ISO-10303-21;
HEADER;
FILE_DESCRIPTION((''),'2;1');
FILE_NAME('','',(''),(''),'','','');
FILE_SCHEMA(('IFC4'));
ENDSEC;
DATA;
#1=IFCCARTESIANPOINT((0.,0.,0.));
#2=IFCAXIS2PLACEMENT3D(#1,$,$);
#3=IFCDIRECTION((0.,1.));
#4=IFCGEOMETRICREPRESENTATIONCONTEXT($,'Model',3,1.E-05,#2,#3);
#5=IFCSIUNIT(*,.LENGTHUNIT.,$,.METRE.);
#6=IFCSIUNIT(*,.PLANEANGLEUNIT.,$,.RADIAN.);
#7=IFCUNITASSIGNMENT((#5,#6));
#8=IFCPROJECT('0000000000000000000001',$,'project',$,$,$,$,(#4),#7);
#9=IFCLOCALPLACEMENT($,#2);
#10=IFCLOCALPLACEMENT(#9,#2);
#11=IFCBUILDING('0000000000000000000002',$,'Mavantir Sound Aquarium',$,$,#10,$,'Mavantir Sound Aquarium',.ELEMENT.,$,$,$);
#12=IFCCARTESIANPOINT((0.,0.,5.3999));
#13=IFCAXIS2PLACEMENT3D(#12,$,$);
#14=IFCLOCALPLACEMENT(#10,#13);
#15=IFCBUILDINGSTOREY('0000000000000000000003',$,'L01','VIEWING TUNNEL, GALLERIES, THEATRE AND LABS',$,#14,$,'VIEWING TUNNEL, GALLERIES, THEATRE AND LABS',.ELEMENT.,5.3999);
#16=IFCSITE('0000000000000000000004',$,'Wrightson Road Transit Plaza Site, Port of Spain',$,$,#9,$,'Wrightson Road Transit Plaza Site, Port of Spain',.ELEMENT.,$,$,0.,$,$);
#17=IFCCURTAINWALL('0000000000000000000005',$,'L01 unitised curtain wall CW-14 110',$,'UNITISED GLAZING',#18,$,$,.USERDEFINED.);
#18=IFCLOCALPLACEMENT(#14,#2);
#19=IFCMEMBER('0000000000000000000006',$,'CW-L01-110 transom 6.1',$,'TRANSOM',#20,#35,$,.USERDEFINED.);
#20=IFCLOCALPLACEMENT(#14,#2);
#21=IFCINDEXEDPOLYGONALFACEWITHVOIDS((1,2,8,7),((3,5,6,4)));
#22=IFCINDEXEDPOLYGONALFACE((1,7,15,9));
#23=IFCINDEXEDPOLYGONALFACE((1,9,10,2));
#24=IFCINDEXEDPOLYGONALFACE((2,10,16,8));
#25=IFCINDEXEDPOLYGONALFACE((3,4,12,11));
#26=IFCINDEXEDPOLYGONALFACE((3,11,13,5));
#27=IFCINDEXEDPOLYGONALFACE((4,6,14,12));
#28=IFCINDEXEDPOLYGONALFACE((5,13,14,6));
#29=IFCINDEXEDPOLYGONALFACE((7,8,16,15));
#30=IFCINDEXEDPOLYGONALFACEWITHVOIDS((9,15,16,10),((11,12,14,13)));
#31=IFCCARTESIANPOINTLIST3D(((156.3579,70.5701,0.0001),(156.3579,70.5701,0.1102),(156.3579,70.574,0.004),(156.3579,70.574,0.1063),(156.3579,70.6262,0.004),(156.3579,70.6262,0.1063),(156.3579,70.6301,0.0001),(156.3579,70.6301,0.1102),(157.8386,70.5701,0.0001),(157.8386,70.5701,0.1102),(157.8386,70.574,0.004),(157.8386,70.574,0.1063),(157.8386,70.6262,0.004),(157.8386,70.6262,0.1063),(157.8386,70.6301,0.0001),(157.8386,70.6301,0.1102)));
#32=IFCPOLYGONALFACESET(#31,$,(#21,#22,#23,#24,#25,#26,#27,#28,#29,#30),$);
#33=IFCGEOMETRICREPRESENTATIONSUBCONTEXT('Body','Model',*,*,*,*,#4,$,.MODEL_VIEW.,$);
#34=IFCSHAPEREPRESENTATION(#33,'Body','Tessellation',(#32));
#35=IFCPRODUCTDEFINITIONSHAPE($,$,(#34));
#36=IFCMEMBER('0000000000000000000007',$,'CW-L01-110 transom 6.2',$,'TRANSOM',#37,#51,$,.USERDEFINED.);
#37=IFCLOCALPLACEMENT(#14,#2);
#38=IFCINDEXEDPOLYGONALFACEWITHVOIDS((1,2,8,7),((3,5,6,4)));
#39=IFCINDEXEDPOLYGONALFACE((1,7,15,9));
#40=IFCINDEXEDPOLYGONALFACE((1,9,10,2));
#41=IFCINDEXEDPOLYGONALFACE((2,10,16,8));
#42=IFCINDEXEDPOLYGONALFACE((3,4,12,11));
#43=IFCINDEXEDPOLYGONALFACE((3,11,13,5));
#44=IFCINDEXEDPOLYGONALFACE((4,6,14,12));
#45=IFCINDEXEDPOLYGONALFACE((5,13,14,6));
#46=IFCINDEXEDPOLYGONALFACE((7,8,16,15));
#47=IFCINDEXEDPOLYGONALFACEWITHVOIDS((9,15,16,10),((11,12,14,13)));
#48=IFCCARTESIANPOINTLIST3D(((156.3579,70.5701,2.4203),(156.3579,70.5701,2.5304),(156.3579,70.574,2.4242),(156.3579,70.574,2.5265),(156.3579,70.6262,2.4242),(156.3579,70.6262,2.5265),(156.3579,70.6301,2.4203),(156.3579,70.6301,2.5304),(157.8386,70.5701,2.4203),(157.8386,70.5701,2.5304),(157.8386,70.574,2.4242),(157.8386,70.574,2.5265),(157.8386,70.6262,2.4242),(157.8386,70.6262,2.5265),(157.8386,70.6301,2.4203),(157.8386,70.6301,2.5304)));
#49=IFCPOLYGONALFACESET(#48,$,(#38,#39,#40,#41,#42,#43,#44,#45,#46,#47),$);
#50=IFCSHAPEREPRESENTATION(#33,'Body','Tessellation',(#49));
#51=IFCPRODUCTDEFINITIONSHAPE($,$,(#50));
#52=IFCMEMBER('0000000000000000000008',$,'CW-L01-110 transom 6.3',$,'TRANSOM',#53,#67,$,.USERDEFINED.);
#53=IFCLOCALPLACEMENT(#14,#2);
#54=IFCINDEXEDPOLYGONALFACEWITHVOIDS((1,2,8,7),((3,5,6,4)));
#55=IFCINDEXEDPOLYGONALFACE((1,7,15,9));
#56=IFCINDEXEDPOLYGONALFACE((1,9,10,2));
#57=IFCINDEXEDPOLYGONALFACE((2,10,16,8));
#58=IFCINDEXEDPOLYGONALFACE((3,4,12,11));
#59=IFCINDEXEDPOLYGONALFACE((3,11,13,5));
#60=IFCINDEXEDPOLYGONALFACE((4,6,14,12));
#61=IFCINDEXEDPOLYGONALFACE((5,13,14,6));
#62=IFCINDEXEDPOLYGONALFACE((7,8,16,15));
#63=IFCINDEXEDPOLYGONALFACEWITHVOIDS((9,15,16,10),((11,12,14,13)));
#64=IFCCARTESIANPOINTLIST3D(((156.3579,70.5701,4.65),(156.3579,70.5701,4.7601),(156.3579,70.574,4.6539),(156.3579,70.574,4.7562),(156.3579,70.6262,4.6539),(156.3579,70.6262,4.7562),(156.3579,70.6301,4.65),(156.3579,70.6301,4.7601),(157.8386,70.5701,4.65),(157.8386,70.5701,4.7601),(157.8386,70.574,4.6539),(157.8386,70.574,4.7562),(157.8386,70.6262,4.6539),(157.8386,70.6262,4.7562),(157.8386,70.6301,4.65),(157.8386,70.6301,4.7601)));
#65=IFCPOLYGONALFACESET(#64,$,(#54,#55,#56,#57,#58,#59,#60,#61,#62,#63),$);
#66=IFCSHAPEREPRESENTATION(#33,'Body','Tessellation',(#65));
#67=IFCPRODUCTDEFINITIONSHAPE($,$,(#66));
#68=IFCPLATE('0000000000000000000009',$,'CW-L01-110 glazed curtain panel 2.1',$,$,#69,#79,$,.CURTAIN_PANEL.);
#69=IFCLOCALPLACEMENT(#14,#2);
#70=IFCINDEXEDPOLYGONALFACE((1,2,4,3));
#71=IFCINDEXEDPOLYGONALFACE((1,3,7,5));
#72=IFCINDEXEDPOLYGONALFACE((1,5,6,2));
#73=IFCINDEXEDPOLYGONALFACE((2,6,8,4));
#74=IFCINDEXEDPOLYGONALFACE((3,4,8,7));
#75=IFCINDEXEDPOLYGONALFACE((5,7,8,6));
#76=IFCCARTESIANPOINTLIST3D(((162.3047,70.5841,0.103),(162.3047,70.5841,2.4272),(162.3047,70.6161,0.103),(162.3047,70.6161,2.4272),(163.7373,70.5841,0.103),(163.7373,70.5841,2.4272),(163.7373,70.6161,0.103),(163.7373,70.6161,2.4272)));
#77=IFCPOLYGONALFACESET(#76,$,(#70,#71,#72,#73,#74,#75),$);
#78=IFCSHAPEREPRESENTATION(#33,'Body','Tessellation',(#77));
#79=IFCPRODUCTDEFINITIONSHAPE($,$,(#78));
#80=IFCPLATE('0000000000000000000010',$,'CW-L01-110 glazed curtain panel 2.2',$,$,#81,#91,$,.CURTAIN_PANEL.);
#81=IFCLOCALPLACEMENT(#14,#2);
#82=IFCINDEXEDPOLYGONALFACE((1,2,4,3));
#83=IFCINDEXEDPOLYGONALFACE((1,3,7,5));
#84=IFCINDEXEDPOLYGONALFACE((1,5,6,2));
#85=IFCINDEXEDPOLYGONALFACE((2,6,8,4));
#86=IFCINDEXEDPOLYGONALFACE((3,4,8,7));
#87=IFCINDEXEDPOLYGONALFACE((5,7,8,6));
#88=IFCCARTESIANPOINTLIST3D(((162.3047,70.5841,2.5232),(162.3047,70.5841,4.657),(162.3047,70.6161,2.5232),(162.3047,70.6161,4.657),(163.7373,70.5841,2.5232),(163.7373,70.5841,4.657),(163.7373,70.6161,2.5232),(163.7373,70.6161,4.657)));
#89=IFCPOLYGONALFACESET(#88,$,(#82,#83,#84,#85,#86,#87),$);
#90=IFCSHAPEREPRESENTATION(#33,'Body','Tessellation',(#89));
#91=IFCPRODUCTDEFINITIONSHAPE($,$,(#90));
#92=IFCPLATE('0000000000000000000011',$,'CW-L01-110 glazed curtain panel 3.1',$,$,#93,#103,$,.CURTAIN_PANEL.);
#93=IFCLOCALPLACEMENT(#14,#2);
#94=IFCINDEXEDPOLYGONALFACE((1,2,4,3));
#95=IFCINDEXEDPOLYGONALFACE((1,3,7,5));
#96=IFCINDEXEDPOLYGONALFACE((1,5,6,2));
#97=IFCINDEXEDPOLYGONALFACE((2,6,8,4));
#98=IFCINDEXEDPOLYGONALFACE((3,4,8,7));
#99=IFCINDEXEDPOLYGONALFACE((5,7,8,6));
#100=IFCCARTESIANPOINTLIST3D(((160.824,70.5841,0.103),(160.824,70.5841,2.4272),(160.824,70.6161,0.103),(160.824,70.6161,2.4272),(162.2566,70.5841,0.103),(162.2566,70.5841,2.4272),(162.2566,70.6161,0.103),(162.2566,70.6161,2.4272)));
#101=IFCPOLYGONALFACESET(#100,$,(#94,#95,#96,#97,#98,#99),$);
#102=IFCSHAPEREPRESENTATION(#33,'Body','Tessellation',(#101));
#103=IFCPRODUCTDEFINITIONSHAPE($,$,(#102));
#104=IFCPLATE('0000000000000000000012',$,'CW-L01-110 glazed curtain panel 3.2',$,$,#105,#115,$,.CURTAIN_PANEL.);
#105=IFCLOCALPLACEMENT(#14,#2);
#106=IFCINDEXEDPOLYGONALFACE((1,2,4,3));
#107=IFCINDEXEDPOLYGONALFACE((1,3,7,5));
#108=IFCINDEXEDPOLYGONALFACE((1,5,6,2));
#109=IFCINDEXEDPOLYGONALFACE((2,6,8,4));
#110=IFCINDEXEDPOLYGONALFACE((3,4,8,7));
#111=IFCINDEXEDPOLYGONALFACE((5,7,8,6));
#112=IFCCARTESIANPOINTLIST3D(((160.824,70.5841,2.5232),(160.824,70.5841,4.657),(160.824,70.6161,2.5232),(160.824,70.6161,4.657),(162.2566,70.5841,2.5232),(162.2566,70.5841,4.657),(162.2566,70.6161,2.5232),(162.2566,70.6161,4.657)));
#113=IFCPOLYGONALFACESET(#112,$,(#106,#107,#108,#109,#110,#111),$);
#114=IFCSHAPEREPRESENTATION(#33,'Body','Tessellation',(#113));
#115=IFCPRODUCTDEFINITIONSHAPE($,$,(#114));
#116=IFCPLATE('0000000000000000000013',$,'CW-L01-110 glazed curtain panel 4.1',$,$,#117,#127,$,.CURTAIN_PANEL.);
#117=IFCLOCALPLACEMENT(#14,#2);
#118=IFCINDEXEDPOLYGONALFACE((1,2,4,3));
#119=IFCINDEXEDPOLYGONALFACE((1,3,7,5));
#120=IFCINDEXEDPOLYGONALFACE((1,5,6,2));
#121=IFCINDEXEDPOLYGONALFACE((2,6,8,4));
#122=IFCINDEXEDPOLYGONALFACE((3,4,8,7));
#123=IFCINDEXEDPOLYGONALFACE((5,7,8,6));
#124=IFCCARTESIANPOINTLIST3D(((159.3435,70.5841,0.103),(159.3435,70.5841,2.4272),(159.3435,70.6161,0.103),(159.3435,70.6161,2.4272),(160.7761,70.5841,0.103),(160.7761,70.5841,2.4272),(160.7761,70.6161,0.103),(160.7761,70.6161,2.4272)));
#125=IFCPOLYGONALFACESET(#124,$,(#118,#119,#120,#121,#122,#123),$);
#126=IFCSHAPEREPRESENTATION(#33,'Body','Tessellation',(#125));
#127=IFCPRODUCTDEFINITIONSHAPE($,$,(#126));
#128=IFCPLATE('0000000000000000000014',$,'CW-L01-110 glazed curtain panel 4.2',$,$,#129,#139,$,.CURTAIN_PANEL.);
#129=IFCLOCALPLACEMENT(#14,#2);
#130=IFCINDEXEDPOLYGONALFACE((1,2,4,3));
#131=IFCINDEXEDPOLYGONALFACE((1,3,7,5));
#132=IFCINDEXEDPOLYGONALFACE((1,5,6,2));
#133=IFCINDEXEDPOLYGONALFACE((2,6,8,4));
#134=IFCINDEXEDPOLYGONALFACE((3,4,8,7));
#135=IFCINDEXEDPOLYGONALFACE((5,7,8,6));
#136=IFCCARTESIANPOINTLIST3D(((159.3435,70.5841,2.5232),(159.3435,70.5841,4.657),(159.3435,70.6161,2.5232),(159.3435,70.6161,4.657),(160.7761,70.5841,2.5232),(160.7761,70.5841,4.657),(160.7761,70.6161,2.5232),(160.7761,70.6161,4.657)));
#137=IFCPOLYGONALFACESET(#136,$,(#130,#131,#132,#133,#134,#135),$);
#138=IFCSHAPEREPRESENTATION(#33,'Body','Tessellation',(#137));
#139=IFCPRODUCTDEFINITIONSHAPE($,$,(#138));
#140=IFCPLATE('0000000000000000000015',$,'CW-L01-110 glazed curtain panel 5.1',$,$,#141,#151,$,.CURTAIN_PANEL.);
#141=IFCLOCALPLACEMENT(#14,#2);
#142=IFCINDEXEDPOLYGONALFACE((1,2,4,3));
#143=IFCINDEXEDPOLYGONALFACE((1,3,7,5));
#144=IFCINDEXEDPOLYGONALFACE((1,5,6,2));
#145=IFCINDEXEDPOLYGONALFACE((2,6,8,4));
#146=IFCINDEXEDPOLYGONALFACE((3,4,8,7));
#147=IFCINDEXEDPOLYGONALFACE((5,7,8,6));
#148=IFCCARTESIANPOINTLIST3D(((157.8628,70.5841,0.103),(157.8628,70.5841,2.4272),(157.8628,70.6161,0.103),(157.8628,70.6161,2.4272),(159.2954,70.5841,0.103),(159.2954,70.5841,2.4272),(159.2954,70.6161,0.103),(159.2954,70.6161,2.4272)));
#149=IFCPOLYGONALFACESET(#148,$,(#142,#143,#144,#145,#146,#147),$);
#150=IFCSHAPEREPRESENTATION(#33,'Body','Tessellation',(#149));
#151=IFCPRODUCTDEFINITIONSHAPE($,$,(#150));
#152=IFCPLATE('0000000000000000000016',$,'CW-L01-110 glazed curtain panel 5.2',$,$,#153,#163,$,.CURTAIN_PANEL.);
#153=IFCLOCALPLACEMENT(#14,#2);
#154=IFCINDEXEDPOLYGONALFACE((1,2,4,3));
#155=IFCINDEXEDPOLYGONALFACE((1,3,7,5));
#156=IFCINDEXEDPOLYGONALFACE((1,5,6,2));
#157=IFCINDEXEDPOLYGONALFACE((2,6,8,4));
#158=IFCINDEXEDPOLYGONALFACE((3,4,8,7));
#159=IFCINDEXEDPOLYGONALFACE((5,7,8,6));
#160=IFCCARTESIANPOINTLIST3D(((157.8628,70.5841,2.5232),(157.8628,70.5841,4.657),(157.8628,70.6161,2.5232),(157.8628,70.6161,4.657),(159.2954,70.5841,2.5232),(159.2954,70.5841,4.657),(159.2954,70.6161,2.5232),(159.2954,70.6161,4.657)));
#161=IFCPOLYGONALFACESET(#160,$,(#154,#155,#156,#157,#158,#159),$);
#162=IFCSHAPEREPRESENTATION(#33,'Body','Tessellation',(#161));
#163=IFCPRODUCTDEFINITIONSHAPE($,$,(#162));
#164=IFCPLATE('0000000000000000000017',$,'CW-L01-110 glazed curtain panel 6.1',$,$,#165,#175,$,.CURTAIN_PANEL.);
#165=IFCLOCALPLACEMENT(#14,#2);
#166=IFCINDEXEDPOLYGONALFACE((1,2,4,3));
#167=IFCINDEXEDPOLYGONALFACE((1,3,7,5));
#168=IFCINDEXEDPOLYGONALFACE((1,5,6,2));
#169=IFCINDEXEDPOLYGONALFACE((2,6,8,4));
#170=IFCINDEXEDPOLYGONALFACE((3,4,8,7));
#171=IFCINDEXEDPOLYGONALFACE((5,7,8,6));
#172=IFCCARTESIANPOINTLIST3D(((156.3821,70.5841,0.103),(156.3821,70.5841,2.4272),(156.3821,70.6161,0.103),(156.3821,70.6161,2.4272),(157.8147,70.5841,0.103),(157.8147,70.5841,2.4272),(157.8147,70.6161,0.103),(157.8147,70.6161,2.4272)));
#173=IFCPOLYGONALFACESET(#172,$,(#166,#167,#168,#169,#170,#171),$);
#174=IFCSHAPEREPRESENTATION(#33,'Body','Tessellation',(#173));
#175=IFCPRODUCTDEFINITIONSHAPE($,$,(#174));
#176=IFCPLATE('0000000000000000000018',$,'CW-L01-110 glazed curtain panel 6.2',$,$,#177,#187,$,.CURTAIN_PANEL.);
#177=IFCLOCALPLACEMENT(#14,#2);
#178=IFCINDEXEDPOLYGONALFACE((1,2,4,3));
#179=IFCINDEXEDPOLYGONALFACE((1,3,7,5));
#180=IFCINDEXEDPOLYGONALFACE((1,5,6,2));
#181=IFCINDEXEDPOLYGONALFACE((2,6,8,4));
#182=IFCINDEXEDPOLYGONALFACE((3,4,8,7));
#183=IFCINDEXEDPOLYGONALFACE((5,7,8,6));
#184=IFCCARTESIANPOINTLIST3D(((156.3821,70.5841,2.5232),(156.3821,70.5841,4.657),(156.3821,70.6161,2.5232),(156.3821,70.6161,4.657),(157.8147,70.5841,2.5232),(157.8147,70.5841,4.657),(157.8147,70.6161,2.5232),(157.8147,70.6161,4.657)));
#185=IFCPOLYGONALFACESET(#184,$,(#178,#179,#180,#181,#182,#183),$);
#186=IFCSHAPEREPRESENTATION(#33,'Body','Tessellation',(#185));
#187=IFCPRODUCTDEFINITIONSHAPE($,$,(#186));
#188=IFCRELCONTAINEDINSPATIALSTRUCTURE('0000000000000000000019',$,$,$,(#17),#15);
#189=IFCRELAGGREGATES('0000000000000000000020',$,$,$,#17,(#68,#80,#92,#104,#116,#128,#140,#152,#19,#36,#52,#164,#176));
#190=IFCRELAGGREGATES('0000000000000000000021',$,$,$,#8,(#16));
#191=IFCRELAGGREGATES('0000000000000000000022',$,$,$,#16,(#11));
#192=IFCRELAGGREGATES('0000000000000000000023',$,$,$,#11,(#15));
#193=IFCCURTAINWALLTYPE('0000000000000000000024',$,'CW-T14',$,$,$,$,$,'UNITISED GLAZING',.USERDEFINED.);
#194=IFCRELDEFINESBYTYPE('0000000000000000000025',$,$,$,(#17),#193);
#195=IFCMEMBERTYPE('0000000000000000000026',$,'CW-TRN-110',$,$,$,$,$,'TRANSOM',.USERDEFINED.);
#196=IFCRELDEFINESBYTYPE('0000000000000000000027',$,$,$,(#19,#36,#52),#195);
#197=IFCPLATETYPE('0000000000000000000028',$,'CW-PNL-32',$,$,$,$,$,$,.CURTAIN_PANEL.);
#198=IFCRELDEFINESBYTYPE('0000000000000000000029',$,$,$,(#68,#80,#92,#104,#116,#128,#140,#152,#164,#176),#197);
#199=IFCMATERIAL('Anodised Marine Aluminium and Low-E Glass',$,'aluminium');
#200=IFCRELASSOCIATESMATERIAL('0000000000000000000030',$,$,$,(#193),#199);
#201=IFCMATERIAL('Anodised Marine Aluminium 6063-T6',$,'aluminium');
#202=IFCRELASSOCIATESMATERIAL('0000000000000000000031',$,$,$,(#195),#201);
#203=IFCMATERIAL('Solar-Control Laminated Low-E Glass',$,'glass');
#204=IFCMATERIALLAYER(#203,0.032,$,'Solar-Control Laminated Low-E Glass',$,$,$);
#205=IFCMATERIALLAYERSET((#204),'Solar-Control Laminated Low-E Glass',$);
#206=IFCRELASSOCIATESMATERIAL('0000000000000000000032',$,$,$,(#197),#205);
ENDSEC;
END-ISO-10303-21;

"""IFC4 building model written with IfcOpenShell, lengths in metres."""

from ifc_helpers import new_model, si_unit, direction, frame, origin, origin_2d, place, context, subcontext, project, spatial, rectangle, hollow_rectangle, extrude, material, layer, layer_set, material_profile, profile_set, type_object, element, aggregate, save


model = new_model("IFC4")

# Units and contexts
model_context = context("Model", 3, precision=1e-05, world=origin(), true_north=direction((0.0, 1.0)))
body_context = subcontext(model_context, "Body", "Model", "MODEL_VIEW")
ifc_project = project(units=[si_unit("LENGTHUNIT", "METRE"), si_unit("PLANEANGLEUNIT", "RADIAN")], contexts=[model_context])

# Site, building, storey
site_placement = place(None, origin())
site = spatial("IfcSite", under=ifc_project, at=site_placement, Name="Wrightson Road Transit Plaza Site, Port of Spain", LongName="Wrightson Road Transit Plaza Site, Port of Spain", CompositionType="ELEMENT", RefElevation=0.0)
building_placement = place(site_placement, origin())
building = spatial("IfcBuilding", under=site, at=building_placement, Name="Mavantir Sound Aquarium", LongName="Mavantir Sound Aquarium", CompositionType="ELEMENT")
storey_placement = place(building_placement, frame((0.0, 0.0, 5.3999)))
storey = spatial("IfcBuildingStorey", under=building, at=storey_placement, Name="L01", Description="VIEWING TUNNEL, GALLERIES, THEATRE AND LABS", LongName="VIEWING TUNNEL, GALLERIES, THEATRE AND LABS", CompositionType="ELEMENT", Elevation=5.3999)

# Curtain wall, members, plates
ifc_material_1 = material(Name="Anodised Marine Aluminium and Low-E Glass", Category="aluminium")
curtain_wall_type = type_object("IfcCurtainWallType", Name="CW-T14", ElementType="UNITISED GLAZING", PredefinedType="USERDEFINED", material=ifc_material_1)
curtain_wall_placement = place(storey_placement, origin())
curtain_wall = element("IfcCurtainWall", 1, at=curtain_wall_placement, inside=storey, type_object=curtain_wall_type, Name="L01 unitised curtain wall CW-14 110", ObjectType="UNITISED GLAZING", PredefinedType="USERDEFINED")
ifc_material_2 = material(Name="Anodised Marine Aluminium 6063-T6", Category="aluminium")
ifc_material_profile_1 = material_profile(ifc_material_2, hollow_rectangle(XDim=0.0601, YDim=0.1101, WallThickness=0.0039, at=origin_2d()), Name="ALU-TRANSOM-110X60")
ifc_profile_set_1 = profile_set([ifc_material_profile_1], Name="Anodised Marine Aluminium 6063-T6")
member_type_1 = type_object("IfcMemberType", Name="CW-TRN-110", ElementType="TRANSOM", PredefinedType="USERDEFINED", material=ifc_profile_set_1)
member_1_placement = place(storey_placement, frame((157.8386, 70.6001, 0.0552), z_axis=(-1.0, 0.0, 0.0), x_axis=(0.0, -1.0, 0.0)))
member_1 = element("IfcMember", 2, at=member_1_placement, type_object=member_type_1, Name="CW-L01-110 transom 6.1", ObjectType="TRANSOM", PredefinedType="USERDEFINED", context=body_context, shape_type="SweptSolid", body=[
    extrude(hollow_rectangle(XDim=0.0601, YDim=0.1101, WallThickness=0.0039, at=origin_2d()), origin(), (0.0, 0.0, 1.0), 1.4807),
])
member_2_placement = place(storey_placement, frame((157.8386, 70.6001, 2.4753), z_axis=(-1.0, 0.0, 0.0), x_axis=(0.0, -1.0, 0.0)))
member_2 = element("IfcMember", 3, at=member_2_placement, type_object=member_type_1, Name="CW-L01-110 transom 6.2", ObjectType="TRANSOM", PredefinedType="USERDEFINED", context=body_context, shape_type="SweptSolid", body=[
    extrude(hollow_rectangle(XDim=0.0601, YDim=0.1101, WallThickness=0.0039, at=origin_2d()), origin(), (0.0, 0.0, 1.0), 1.4807),
])
member_3_placement = place(storey_placement, frame((157.8386, 70.6001, 4.7051), z_axis=(-1.0, 0.0, 0.0), x_axis=(0.0, -1.0, 0.0)))
member_3 = element("IfcMember", 4, at=member_3_placement, type_object=member_type_1, Name="CW-L01-110 transom 6.3", ObjectType="TRANSOM", PredefinedType="USERDEFINED", context=body_context, shape_type="SweptSolid", body=[
    extrude(hollow_rectangle(XDim=0.0601, YDim=0.1101, WallThickness=0.0039, at=origin_2d()), origin(), (0.0, 0.0, 1.0), 1.4807),
])
ifc_material_3 = material(Name="Solar-Control Laminated Low-E Glass", Category="glass")
ifc_layer = layer(ifc_material_3, 0.032, Name="Solar-Control Laminated Low-E Glass")
ifc_layer_set = layer_set([ifc_layer], Name="Solar-Control Laminated Low-E Glass")
plate_type = type_object("IfcPlateType", Name="CW-PNL-32", PredefinedType="CURTAIN_PANEL", material=ifc_layer_set)
plate_1_placement = place(storey_placement, frame((163.021, 70.6001, 0.103), z_axis=(0.0, 0.0, 1.0), x_axis=(-1.0, 0.0, 0.0)))
plate_1 = element("IfcPlate", 5, at=plate_1_placement, type_object=plate_type, Name="CW-L01-110 glazed curtain panel 2.1", PredefinedType="CURTAIN_PANEL", context=body_context, shape_type="SweptSolid", body=[
    extrude(rectangle(XDim=1.4326, YDim=0.032, at=origin_2d()), origin(), (0.0, 0.0, 1.0), 2.3242),
])
plate_2_placement = place(storey_placement, frame((163.021, 70.6001, 2.5232), z_axis=(0.0, 0.0, 1.0), x_axis=(-1.0, 0.0, 0.0)))
plate_2 = element("IfcPlate", 6, at=plate_2_placement, type_object=plate_type, Name="CW-L01-110 glazed curtain panel 2.2", PredefinedType="CURTAIN_PANEL", context=body_context, shape_type="SweptSolid", body=[
    extrude(rectangle(XDim=1.4326, YDim=0.032, at=origin_2d()), origin(), (0.0, 0.0, 1.0), 2.1338),
])
plate_3_placement = place(storey_placement, frame((161.5403, 70.6001, 0.103), z_axis=(0.0, 0.0, 1.0), x_axis=(-1.0, 0.0, 0.0)))
plate_3 = element("IfcPlate", 7, at=plate_3_placement, type_object=plate_type, Name="CW-L01-110 glazed curtain panel 3.1", PredefinedType="CURTAIN_PANEL", context=body_context, shape_type="SweptSolid", body=[
    extrude(rectangle(XDim=1.4326, YDim=0.032, at=origin_2d()), origin(), (0.0, 0.0, 1.0), 2.3242),
])
plate_4_placement = place(storey_placement, frame((161.5403, 70.6001, 2.5232), z_axis=(0.0, 0.0, 1.0), x_axis=(-1.0, 0.0, 0.0)))
plate_4 = element("IfcPlate", 8, at=plate_4_placement, type_object=plate_type, Name="CW-L01-110 glazed curtain panel 3.2", PredefinedType="CURTAIN_PANEL", context=body_context, shape_type="SweptSolid", body=[
    extrude(rectangle(XDim=1.4326, YDim=0.032, at=origin_2d()), origin(), (0.0, 0.0, 1.0), 2.1338),
])
plate_5_placement = place(storey_placement, frame((160.0598, 70.6001, 0.103), z_axis=(0.0, 0.0, 1.0), x_axis=(-1.0, 0.0, 0.0)))
plate_5 = element("IfcPlate", 9, at=plate_5_placement, type_object=plate_type, Name="CW-L01-110 glazed curtain panel 4.1", PredefinedType="CURTAIN_PANEL", context=body_context, shape_type="SweptSolid", body=[
    extrude(rectangle(XDim=1.4326, YDim=0.032, at=origin_2d()), origin(), (0.0, 0.0, 1.0), 2.3242),
])
plate_6_placement = place(storey_placement, frame((160.0598, 70.6001, 2.5232), z_axis=(0.0, 0.0, 1.0), x_axis=(-1.0, 0.0, 0.0)))
plate_6 = element("IfcPlate", 10, at=plate_6_placement, type_object=plate_type, Name="CW-L01-110 glazed curtain panel 4.2", PredefinedType="CURTAIN_PANEL", context=body_context, shape_type="SweptSolid", body=[
    extrude(rectangle(XDim=1.4326, YDim=0.032, at=origin_2d()), origin(), (0.0, 0.0, 1.0), 2.1338),
])
plate_7_placement = place(storey_placement, frame((158.5791, 70.6001, 0.103), z_axis=(0.0, 0.0, 1.0), x_axis=(-1.0, 0.0, 0.0)))
plate_7 = element("IfcPlate", 11, at=plate_7_placement, type_object=plate_type, Name="CW-L01-110 glazed curtain panel 5.1", PredefinedType="CURTAIN_PANEL", context=body_context, shape_type="SweptSolid", body=[
    extrude(rectangle(XDim=1.4326, YDim=0.032, at=origin_2d()), origin(), (0.0, 0.0, 1.0), 2.3242),
])
plate_8_placement = place(storey_placement, frame((158.5791, 70.6001, 2.5232), z_axis=(0.0, 0.0, 1.0), x_axis=(-1.0, 0.0, 0.0)))
plate_8 = element("IfcPlate", 12, at=plate_8_placement, type_object=plate_type, Name="CW-L01-110 glazed curtain panel 5.2", PredefinedType="CURTAIN_PANEL", context=body_context, shape_type="SweptSolid", body=[
    extrude(rectangle(XDim=1.4326, YDim=0.032, at=origin_2d()), origin(), (0.0, 0.0, 1.0), 2.1338),
])
plate_9_placement = place(storey_placement, frame((157.0984, 70.6001, 0.103), z_axis=(0.0, 0.0, 1.0), x_axis=(-1.0, 0.0, 0.0)))
plate_9 = element("IfcPlate", 13, at=plate_9_placement, type_object=plate_type, Name="CW-L01-110 glazed curtain panel 6.1", PredefinedType="CURTAIN_PANEL", context=body_context, shape_type="SweptSolid", body=[
    extrude(rectangle(XDim=1.4326, YDim=0.032, at=origin_2d()), origin(), (0.0, 0.0, 1.0), 2.3242),
])
plate_10_placement = place(storey_placement, frame((157.0984, 70.6001, 2.5232), z_axis=(0.0, 0.0, 1.0), x_axis=(-1.0, 0.0, 0.0)))
plate_10 = element("IfcPlate", 14, at=plate_10_placement, type_object=plate_type, Name="CW-L01-110 glazed curtain panel 6.2", PredefinedType="CURTAIN_PANEL", context=body_context, shape_type="SweptSolid", body=[
    extrude(rectangle(XDim=1.4326, YDim=0.032, at=origin_2d()), origin(), (0.0, 0.0, 1.0), 2.1338),
])
aggregate(curtain_wall, [plate_1, plate_2, plate_3, plate_4, plate_5, plate_6, plate_7, plate_8, member_1, member_2, member_3, plate_9, plate_10])

save(model, "model.ifc")
